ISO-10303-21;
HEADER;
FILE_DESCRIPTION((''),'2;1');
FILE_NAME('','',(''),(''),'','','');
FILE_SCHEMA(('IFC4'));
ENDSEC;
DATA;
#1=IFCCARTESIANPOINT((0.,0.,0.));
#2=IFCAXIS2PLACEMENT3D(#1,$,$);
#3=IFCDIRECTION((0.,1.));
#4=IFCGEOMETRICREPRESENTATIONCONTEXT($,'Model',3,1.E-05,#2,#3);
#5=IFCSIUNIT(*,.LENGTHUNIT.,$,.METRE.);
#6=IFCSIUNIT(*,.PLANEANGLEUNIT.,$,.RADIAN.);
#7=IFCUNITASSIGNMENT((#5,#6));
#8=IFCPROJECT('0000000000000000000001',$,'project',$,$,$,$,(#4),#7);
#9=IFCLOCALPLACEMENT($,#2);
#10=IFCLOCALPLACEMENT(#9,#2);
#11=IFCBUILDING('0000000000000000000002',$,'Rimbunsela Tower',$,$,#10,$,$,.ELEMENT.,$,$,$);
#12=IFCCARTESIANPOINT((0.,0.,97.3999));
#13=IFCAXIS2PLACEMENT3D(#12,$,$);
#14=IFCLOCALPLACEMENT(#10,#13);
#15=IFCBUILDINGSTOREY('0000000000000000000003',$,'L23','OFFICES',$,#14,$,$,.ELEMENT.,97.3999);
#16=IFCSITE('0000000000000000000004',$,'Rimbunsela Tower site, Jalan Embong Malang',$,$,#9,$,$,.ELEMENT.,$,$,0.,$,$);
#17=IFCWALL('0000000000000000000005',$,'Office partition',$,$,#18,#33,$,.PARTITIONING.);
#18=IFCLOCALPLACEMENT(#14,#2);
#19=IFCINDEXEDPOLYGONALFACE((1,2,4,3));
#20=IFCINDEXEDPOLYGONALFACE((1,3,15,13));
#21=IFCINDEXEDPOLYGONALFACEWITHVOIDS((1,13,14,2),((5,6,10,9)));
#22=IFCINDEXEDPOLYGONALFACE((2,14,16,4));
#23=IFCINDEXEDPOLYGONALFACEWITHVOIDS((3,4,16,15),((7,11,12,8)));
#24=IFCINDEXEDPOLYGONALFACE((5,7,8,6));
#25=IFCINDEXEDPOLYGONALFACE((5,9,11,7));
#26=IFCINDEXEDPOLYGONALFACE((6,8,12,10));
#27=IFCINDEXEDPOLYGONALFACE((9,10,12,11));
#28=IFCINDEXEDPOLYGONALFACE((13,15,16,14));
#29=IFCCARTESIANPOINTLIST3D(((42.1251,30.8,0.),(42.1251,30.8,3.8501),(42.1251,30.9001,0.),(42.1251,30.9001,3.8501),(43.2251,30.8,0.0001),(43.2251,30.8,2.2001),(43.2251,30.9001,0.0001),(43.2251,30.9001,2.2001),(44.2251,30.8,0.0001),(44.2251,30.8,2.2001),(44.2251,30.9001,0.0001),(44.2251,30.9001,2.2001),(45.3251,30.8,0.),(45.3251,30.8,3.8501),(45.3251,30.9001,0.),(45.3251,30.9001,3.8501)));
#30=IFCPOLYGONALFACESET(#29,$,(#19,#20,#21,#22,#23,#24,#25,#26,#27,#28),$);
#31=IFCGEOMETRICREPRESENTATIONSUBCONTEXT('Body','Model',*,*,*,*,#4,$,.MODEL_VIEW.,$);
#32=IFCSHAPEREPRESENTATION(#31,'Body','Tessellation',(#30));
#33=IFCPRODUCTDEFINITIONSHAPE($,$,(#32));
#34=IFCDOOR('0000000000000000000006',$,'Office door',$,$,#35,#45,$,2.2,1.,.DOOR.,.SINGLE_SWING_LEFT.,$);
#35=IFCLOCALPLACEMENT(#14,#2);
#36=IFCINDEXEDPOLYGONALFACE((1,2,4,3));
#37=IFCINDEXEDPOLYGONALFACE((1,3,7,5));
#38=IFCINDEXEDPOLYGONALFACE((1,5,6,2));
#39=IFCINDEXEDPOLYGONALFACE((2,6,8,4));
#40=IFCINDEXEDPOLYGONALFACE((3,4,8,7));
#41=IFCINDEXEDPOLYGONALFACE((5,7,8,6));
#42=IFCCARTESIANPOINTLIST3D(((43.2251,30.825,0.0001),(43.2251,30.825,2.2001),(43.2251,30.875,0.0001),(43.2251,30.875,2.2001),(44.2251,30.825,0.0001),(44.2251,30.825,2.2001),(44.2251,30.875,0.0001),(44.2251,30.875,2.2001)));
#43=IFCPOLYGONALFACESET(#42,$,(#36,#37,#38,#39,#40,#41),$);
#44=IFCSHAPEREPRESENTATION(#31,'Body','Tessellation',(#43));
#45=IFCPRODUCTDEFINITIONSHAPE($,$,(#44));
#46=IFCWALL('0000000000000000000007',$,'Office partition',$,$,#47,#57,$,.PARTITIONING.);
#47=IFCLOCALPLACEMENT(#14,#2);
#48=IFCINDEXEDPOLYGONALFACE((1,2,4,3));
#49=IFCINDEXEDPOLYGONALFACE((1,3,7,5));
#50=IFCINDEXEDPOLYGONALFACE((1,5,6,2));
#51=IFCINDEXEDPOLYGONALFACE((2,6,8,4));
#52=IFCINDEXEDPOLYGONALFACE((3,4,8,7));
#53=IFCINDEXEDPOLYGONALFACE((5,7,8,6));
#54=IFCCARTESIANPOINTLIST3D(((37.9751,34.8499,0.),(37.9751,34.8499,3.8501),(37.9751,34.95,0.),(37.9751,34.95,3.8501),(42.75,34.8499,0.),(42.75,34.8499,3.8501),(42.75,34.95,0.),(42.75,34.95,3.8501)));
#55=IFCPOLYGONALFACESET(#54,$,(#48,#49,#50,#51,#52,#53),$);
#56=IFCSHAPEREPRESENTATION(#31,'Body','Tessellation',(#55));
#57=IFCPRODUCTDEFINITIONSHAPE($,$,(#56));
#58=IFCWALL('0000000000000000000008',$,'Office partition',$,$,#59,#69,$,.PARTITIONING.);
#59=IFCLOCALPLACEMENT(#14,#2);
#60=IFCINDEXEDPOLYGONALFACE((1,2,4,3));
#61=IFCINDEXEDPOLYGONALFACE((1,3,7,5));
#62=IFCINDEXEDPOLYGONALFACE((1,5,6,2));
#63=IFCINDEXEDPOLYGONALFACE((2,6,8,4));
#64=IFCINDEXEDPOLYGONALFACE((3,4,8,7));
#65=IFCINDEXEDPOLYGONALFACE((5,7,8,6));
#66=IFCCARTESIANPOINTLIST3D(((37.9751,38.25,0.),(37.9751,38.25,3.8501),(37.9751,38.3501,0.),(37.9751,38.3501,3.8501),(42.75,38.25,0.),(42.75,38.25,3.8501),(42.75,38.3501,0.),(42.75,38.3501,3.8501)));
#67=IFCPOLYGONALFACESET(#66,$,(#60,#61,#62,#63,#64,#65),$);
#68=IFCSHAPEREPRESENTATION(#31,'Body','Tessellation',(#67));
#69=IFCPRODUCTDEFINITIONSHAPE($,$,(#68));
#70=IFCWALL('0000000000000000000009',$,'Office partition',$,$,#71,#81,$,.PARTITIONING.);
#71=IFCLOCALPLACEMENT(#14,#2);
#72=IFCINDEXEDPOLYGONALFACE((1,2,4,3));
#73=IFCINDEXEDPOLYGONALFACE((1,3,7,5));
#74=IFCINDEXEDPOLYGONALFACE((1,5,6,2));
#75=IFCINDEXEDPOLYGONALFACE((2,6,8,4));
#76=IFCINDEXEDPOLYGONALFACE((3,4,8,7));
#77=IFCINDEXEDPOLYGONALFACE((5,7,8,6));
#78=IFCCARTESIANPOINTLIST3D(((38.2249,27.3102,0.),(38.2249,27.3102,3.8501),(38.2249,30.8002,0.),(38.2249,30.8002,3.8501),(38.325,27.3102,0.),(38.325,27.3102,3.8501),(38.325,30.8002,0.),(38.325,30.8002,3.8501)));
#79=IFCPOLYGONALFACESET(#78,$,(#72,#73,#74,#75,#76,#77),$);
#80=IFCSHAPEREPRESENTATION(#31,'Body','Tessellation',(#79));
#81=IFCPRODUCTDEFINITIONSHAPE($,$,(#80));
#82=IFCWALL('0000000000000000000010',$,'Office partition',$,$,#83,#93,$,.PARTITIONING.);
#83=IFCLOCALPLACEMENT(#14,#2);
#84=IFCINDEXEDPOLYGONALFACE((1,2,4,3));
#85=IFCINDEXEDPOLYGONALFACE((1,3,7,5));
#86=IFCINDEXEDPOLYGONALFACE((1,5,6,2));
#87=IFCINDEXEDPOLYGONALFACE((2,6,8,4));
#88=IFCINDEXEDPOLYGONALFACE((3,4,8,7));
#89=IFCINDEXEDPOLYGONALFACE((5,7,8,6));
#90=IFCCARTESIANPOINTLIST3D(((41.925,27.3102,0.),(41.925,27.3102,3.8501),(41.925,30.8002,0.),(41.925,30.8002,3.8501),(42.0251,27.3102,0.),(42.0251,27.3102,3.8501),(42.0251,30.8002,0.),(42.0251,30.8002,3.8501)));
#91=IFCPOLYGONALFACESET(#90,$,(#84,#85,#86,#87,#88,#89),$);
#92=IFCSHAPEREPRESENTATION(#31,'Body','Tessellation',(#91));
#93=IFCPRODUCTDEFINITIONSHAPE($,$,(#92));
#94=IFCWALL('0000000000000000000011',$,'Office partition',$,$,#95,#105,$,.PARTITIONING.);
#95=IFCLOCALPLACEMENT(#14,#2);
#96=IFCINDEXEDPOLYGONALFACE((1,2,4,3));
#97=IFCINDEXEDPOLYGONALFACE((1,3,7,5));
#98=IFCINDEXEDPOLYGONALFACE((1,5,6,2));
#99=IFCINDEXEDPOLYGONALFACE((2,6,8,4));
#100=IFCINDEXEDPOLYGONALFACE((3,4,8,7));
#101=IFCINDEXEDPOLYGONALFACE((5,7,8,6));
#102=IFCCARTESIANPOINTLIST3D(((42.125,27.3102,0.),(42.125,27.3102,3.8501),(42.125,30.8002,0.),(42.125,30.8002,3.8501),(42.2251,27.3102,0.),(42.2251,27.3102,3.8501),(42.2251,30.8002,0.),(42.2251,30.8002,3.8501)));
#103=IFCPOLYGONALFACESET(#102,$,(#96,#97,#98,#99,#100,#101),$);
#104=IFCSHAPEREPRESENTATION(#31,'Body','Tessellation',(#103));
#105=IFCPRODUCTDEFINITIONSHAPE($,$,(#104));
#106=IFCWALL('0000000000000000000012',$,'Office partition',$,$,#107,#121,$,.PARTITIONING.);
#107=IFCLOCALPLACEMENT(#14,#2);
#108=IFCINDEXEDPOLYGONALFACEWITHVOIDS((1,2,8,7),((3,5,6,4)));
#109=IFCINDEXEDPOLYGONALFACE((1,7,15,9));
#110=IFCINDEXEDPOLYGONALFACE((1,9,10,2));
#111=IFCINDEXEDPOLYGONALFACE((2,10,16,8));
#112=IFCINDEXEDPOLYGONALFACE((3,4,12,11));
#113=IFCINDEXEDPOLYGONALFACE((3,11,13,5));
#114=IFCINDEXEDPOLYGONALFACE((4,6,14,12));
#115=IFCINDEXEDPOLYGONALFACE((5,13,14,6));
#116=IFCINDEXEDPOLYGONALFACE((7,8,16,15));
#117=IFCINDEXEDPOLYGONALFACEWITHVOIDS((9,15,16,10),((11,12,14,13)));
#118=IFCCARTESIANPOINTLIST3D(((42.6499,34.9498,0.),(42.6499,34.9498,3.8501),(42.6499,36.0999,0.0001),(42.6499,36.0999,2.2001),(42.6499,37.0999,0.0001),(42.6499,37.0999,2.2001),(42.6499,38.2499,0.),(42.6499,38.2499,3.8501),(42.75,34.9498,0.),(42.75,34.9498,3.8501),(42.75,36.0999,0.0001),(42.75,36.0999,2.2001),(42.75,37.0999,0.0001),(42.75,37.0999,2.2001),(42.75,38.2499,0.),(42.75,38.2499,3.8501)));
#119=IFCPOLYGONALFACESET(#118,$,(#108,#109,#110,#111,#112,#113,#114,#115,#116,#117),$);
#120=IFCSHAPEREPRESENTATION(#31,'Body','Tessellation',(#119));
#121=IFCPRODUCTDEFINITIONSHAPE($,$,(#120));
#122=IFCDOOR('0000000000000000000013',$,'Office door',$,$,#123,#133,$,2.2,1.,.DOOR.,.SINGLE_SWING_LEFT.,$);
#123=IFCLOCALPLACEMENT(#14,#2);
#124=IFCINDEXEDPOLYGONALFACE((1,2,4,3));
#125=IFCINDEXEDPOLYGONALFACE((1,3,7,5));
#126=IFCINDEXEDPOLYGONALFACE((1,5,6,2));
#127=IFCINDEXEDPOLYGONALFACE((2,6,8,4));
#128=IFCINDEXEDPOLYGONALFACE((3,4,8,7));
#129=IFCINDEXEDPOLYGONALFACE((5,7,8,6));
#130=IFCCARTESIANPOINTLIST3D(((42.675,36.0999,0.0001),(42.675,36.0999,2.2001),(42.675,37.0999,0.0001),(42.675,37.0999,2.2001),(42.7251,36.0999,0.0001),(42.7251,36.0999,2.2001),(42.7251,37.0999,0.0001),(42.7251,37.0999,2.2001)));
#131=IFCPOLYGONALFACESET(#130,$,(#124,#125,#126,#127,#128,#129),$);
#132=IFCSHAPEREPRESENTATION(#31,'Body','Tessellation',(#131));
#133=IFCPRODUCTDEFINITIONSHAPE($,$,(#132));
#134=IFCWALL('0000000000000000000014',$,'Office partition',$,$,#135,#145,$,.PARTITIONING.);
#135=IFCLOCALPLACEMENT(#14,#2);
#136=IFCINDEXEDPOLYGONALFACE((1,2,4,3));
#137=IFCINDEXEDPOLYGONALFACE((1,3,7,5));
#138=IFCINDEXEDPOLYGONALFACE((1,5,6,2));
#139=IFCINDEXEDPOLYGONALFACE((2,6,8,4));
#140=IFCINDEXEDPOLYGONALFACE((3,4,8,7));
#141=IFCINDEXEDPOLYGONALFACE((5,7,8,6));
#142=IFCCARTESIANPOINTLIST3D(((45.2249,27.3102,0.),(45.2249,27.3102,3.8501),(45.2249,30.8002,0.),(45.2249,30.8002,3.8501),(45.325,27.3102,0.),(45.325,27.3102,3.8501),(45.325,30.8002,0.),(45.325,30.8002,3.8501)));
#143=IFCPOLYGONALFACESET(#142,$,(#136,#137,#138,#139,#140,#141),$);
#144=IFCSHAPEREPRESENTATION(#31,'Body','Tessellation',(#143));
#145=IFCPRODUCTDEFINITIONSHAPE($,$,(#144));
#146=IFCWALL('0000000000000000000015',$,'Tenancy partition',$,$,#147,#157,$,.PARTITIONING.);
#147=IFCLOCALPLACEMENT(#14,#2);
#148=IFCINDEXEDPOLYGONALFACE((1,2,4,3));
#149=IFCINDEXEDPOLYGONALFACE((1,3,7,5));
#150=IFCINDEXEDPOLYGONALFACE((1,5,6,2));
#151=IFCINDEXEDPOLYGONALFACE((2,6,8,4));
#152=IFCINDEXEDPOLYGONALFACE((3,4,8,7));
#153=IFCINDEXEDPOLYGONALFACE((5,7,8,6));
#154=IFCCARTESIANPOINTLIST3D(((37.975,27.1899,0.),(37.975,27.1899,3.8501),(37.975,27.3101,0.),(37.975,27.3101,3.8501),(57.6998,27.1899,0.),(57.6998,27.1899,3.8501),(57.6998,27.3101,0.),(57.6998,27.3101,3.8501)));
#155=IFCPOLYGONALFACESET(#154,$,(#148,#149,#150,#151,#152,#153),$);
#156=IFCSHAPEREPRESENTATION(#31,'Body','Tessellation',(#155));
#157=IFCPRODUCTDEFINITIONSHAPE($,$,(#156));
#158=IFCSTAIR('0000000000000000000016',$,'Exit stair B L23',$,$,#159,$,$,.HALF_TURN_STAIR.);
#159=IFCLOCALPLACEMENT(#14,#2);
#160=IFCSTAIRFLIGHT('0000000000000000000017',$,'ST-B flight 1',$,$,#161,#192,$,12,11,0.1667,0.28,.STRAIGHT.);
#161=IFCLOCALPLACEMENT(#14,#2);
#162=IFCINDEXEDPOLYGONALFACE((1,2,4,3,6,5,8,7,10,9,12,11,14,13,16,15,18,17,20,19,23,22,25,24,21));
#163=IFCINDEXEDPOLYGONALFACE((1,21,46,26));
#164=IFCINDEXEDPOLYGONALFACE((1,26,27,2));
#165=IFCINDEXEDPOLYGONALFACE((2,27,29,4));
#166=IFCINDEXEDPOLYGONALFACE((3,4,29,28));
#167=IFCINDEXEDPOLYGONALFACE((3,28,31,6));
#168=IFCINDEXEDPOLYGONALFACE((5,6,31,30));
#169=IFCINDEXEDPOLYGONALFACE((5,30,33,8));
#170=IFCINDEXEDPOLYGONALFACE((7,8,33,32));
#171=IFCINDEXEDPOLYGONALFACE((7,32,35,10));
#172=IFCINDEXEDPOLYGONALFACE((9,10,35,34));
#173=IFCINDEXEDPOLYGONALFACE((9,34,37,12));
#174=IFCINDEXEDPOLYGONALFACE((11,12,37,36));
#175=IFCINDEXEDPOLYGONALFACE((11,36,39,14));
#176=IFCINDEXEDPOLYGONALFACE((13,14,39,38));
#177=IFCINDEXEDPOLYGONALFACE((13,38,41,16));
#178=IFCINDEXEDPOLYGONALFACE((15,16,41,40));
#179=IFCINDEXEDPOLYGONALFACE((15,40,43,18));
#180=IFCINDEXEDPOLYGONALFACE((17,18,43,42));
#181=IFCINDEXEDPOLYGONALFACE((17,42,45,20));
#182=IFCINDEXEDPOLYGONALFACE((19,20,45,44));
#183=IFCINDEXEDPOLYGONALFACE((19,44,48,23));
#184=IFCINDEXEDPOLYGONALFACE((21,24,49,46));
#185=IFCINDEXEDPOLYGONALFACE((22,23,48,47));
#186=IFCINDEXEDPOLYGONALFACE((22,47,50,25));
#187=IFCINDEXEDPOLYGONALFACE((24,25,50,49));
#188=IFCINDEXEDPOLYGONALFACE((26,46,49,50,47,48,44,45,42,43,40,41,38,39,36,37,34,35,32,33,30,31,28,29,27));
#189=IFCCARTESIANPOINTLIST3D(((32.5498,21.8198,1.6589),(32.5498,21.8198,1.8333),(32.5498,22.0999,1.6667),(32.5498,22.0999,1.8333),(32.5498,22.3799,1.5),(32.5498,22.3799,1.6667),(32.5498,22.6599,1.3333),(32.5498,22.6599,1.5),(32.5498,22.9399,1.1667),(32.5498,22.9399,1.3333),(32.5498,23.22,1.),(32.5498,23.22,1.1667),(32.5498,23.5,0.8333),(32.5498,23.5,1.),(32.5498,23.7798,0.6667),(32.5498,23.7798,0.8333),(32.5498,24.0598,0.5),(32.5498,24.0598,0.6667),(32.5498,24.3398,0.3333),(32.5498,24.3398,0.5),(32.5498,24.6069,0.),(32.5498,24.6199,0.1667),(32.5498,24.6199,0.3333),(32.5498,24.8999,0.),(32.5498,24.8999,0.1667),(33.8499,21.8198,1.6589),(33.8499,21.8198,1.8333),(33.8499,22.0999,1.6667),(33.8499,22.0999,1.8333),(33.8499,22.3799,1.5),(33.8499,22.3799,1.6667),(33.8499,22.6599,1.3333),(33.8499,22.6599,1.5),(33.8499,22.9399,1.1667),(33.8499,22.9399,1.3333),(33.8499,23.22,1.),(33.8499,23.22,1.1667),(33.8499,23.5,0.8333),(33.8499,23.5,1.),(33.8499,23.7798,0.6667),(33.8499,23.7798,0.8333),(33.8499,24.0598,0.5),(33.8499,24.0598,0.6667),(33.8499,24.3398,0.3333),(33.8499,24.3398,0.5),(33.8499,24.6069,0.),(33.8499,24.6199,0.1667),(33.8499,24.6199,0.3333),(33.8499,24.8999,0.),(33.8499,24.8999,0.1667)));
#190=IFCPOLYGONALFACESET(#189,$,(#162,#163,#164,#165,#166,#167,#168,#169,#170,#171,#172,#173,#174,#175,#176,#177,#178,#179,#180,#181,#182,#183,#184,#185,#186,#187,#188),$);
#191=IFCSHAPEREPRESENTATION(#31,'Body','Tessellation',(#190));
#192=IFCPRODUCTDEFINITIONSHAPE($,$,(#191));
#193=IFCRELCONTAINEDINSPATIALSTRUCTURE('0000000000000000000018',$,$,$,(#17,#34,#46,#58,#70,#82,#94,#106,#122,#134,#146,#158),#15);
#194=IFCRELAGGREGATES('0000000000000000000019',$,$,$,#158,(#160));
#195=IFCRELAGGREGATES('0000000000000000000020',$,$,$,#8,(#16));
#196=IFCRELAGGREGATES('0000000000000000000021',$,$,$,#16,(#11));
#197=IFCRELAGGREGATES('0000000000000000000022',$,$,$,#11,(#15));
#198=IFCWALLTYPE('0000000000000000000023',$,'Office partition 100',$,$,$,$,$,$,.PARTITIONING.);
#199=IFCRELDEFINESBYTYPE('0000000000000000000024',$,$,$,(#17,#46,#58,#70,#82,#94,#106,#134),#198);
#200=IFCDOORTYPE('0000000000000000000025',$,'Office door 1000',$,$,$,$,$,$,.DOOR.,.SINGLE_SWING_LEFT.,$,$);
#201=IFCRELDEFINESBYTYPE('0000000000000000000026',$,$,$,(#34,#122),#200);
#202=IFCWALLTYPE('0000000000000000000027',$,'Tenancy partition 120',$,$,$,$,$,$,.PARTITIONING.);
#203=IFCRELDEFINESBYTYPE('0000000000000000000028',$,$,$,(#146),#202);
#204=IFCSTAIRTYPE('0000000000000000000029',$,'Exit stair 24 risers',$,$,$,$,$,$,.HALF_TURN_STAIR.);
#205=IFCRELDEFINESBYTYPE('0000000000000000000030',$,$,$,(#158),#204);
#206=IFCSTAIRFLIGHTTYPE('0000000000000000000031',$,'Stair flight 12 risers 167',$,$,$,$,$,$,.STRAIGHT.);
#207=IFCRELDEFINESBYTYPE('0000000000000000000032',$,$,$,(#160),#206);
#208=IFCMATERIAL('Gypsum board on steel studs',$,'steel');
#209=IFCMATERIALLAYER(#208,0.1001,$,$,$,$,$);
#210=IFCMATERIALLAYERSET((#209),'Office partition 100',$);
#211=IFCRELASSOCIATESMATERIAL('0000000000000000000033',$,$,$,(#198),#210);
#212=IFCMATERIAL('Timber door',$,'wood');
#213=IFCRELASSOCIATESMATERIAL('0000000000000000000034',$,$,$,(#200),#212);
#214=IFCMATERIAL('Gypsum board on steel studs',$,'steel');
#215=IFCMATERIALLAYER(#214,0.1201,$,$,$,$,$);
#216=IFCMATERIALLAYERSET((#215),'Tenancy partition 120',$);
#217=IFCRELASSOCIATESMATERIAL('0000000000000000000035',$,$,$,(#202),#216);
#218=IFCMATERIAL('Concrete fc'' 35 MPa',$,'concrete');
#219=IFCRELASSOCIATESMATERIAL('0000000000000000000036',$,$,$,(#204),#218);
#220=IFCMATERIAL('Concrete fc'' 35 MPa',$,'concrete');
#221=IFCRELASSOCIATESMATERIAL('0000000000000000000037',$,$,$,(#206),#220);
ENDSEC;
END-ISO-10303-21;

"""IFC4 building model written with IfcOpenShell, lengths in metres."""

from ifc_helpers import new_model, si_unit, direction, frame, frame_2d, origin, place, context, subcontext, project, spatial, polyline, rectangle, outline, extrude, material, layer, layer_set, type_object, element, fill, aggregate, save


model = new_model("IFC4")

# Units and contexts
model_context = context("Model", 3, precision=1e-05, world=origin(), true_north=direction((0.0, 1.0)))
body_context = subcontext(model_context, "Body", "Model", "MODEL_VIEW")
ifc_project = project(units=[si_unit("LENGTHUNIT", "METRE"), si_unit("PLANEANGLEUNIT", "RADIAN")], contexts=[model_context])

# Site, building, storey
site_placement = place(None, origin())
site = spatial("IfcSite", under=ifc_project, at=site_placement, Name="Rimbunsela Tower site, Jalan Embong Malang", CompositionType="ELEMENT", RefElevation=0.0)
building_placement = place(site_placement, origin())
building = spatial("IfcBuilding", under=site, at=building_placement, Name="Rimbunsela Tower", CompositionType="ELEMENT")
storey_placement = place(building_placement, frame((0.0, 0.0, 97.3999)))
storey = spatial("IfcBuildingStorey", under=building, at=storey_placement, Name="L23", Description="OFFICES", CompositionType="ELEMENT", Elevation=97.3999)

# Wall, opening, door
ifc_material_1 = material(Name="Gypsum board on steel studs", Category="steel")
ifc_layer_1 = layer(ifc_material_1, 0.1001)
ifc_layer_set_1 = layer_set([ifc_layer_1], Name="Office partition 100")
wall_type_1 = type_object("IfcWallType", Name="Office partition 100", PredefinedType="PARTITIONING", material=ifc_layer_set_1)
wall_1_placement = place(storey_placement, frame((42.125, 30.8501, 0.0), z_axis=(0.0, 0.0, 1.0), x_axis=(1.0, 0.0, 0.0)))
wall_1 = element("IfcWall", 1, at=wall_1_placement, inside=storey, type_object=wall_type_1, Name="Office partition", PredefinedType="PARTITIONING", context=body_context, shape_type="SweptSolid", body=[
    extrude(rectangle(XDim=3.2, YDim=0.1001, at=frame_2d((1.6001, 0.0))), origin(), (0.0, 0.0, 1.0), 3.8501),
])
opening_1_placement = place(wall_1_placement, frame((1.1001, 0.0, 0.0)))
opening_1 = element("IfcOpeningElement", 2, at=opening_1_placement, cuts=wall_1, PredefinedType="OPENING", context=body_context, shape_type="SweptSolid", body=[
    extrude(rectangle(XDim=1.0, YDim=2.2, at=frame_2d((0.5, 1.1001))), frame((0.0, 0.0601, 0.0), z_axis=(0.0, -1.0, 0.0), x_axis=(1.0, 0.0, 0.0)), (0.0, 0.0, 1.0), 0.1201),
])
ifc_material_2 = material(Name="Timber door", Category="wood")
door_type_1 = type_object("IfcDoorType", Name="Office door 1000", OperationType="SINGLE_SWING_LEFT", PredefinedType="DOOR", material=ifc_material_2)
door_1_placement = place(opening_1_placement, origin())
door_1 = element("IfcDoor", 3, at=door_1_placement, inside=storey, type_object=door_type_1, Name="Office door", OperationType="SINGLE_SWING_LEFT", OverallHeight=2.2, OverallWidth=1.0, PredefinedType="DOOR", context=body_context, shape_type="SweptSolid", body=[
    extrude(rectangle(XDim=1.0, YDim=2.2, at=frame_2d((0.5, 1.1001))), frame((0.0, 0.0249, 0.0), z_axis=(0.0, -1.0, 0.0), x_axis=(1.0, 0.0, 0.0)), (0.0, 0.0, 1.0), 0.05),
])
fill(opening_1, door_1)

# Walls
for number, where, z_axis, x_axis, name in (
    (4, (37.9751, 34.8999, 0.0), (0.0, 0.0, 1.0), (1.0, 0.0, 0.0), "Office partition"),
    (5, (37.9751, 38.3, 0.0), (0.0, 0.0, 1.0), (1.0, 0.0, 0.0), "Office partition"),
):
    element("IfcWall", number, at=place(storey_placement, frame(where, z_axis=z_axis, x_axis=x_axis)), inside=storey, type_object=wall_type_1, Name=name, PredefinedType="PARTITIONING", context=body_context, shape_type="SweptSolid", body=[
        extrude(rectangle(XDim=4.7749, YDim=0.1001, at=frame_2d((2.3875, 0.0))), origin(), (0.0, 0.0, 1.0), 3.8501),
    ])
for number, where, z_axis, x_axis, name in (
    (6, (38.2749, 27.3101, 0.0), (0.0, 0.0, 1.0), (0.0, 1.0, 0.0), "Office partition"),
    (7, (41.9751, 27.3101, 0.0), (0.0, 0.0, 1.0), (0.0, 1.0, 0.0), "Office partition"),
    (8, (42.175, 27.3101, 0.0), (0.0, 0.0, 1.0), (0.0, 1.0, 0.0), "Office partition"),
):
    element("IfcWall", number, at=place(storey_placement, frame(where, z_axis=z_axis, x_axis=x_axis)), inside=storey, type_object=wall_type_1, Name=name, PredefinedType="PARTITIONING", context=body_context, shape_type="SweptSolid", body=[
        extrude(rectangle(XDim=3.49, YDim=0.1001, at=frame_2d((1.7451, 0.0))), origin(), (0.0, 0.0, 1.0), 3.8501),
    ])

# Wall, opening, door
wall_2_placement = place(storey_placement, frame((42.7, 34.95, 0.0), z_axis=(0.0, 0.0, 1.0), x_axis=(0.0, 1.0, 0.0)))
wall_2 = element("IfcWall", 9, at=wall_2_placement, inside=storey, type_object=wall_type_1, Name="Office partition", PredefinedType="PARTITIONING", context=body_context, shape_type="SweptSolid", body=[
    extrude(rectangle(XDim=3.3, YDim=0.1001, at=frame_2d((1.6499, 0.0))), origin(), (0.0, 0.0, 1.0), 3.8501),
])
opening_2_placement = place(wall_2_placement, frame((1.1499, 0.0, 0.0)))
opening_2 = element("IfcOpeningElement", 10, at=opening_2_placement, cuts=wall_2, PredefinedType="OPENING", context=body_context, shape_type="SweptSolid", body=[
    extrude(rectangle(XDim=1.0, YDim=2.2, at=frame_2d((0.5, 1.1001))), frame((0.0, 0.0601, 0.0), z_axis=(0.0, -1.0, 0.0), x_axis=(1.0, 0.0, 0.0)), (0.0, 0.0, 1.0), 0.1201),
])
door_2_placement = place(opening_2_placement, origin())
door_2 = element("IfcDoor", 11, at=door_2_placement, inside=storey, type_object=door_type_1, Name="Office door", OperationType="SINGLE_SWING_LEFT", OverallHeight=2.2, OverallWidth=1.0, PredefinedType="DOOR", context=body_context, shape_type="SweptSolid", body=[
    extrude(rectangle(XDim=1.0, YDim=2.2, at=frame_2d((0.5, 1.1001))), frame((0.0, 0.0249, 0.0), z_axis=(0.0, -1.0, 0.0), x_axis=(1.0, 0.0, 0.0)), (0.0, 0.0, 1.0), 0.05),
])
fill(opening_2, door_2)

# Walls
wall_3_placement = place(storey_placement, frame((45.2749, 27.3101, 0.0), z_axis=(0.0, 0.0, 1.0), x_axis=(0.0, 1.0, 0.0)))
element("IfcWall", 12, at=wall_3_placement, inside=storey, type_object=wall_type_1, Name="Office partition", PredefinedType="PARTITIONING", context=body_context, shape_type="SweptSolid", body=[
    extrude(rectangle(XDim=3.49, YDim=0.1001, at=frame_2d((1.7451, 0.0))), origin(), (0.0, 0.0, 1.0), 3.8501),
])
ifc_material_3 = material(Name="Gypsum board on steel studs", Category="steel")
ifc_layer_2 = layer(ifc_material_3, 0.1201)
ifc_layer_set_2 = layer_set([ifc_layer_2], Name="Tenancy partition 120")
wall_type_2 = type_object("IfcWallType", Name="Tenancy partition 120", PredefinedType="PARTITIONING", material=ifc_layer_set_2)
wall_4_placement = place(storey_placement, frame((37.9751, 27.25, 0.0), z_axis=(0.0, 0.0, 1.0), x_axis=(1.0, 0.0, 0.0)))
element("IfcWall", 13, at=wall_4_placement, inside=storey, type_object=wall_type_2, Name="Tenancy partition", PredefinedType="PARTITIONING", context=body_context, shape_type="SweptSolid", body=[
    extrude(rectangle(XDim=19.7249, YDim=0.1201, at=frame_2d((9.8623, 0.0))), origin(), (0.0, 0.0, 1.0), 3.8501),
])

# Stair, stair flight
ifc_material_4 = material(Name="Concrete fc' 35 MPa", Category="concrete")
stair_type = type_object("IfcStairType", Name="Exit stair 24 risers", PredefinedType="HALF_TURN_STAIR", material=ifc_material_4)
stair_placement = place(storey_placement, origin())
stair = element("IfcStair", 14, at=stair_placement, inside=storey, type_object=stair_type, Name="Exit stair B L23", PredefinedType="HALF_TURN_STAIR")
ifc_material_5 = material(Name="Concrete fc' 35 MPa", Category="concrete")
stair_flight_type = type_object("IfcStairFlightType", Name="Stair flight 12 risers 167", PredefinedType="STRAIGHT", material=ifc_material_5)
stair_flight_placement = place(storey_placement, frame((33.2, 24.8999, 0.0), z_axis=(0.0, 0.0, 1.0), x_axis=(0.0, -1.0, 0.0)))
stair_flight = element("IfcStairFlight", 15, at=stair_flight_placement, type_object=stair_flight_type, Name="ST-B flight 1", NumberOfRisers=12, NumberOfTreads=11, PredefinedType="STRAIGHT", RiserHeight=0.1667, TreadLength=0.28, context=body_context, shape_type="SweptSolid", body=[
    extrude(outline(polyline([(0.0, 0.0), (0.0, 0.1667), (0.28, 0.1667), (0.28, 0.3333), (0.5601, 0.3333), (0.5601, 0.5), (0.8401, 0.5), (0.8401, 0.6667), (1.1201, 0.6667), (1.1201, 0.8333), (1.3999, 0.8333), (1.3999, 1.0), (1.6799, 1.0), (1.6799, 1.1667), (1.96, 1.1667), (1.96, 1.3333), (2.24, 1.3333), (2.24, 1.5), (2.52, 1.5), (2.52, 1.6667), (2.8, 1.6667), (2.8, 1.8333), (3.0801, 1.8333), (3.0801, 2.0), (3.0801, 1.6589), (0.293, 0.0), (0.0, 0.0)])), frame((0.0, 0.6499, 0.0), z_axis=(0.0, -1.0, 0.0), x_axis=(1.0, 0.0, 0.0)), (0.0, 0.0, 1.0), 1.3),
])
aggregate(stair, [stair_flight])

save(model, "model.ifc")
